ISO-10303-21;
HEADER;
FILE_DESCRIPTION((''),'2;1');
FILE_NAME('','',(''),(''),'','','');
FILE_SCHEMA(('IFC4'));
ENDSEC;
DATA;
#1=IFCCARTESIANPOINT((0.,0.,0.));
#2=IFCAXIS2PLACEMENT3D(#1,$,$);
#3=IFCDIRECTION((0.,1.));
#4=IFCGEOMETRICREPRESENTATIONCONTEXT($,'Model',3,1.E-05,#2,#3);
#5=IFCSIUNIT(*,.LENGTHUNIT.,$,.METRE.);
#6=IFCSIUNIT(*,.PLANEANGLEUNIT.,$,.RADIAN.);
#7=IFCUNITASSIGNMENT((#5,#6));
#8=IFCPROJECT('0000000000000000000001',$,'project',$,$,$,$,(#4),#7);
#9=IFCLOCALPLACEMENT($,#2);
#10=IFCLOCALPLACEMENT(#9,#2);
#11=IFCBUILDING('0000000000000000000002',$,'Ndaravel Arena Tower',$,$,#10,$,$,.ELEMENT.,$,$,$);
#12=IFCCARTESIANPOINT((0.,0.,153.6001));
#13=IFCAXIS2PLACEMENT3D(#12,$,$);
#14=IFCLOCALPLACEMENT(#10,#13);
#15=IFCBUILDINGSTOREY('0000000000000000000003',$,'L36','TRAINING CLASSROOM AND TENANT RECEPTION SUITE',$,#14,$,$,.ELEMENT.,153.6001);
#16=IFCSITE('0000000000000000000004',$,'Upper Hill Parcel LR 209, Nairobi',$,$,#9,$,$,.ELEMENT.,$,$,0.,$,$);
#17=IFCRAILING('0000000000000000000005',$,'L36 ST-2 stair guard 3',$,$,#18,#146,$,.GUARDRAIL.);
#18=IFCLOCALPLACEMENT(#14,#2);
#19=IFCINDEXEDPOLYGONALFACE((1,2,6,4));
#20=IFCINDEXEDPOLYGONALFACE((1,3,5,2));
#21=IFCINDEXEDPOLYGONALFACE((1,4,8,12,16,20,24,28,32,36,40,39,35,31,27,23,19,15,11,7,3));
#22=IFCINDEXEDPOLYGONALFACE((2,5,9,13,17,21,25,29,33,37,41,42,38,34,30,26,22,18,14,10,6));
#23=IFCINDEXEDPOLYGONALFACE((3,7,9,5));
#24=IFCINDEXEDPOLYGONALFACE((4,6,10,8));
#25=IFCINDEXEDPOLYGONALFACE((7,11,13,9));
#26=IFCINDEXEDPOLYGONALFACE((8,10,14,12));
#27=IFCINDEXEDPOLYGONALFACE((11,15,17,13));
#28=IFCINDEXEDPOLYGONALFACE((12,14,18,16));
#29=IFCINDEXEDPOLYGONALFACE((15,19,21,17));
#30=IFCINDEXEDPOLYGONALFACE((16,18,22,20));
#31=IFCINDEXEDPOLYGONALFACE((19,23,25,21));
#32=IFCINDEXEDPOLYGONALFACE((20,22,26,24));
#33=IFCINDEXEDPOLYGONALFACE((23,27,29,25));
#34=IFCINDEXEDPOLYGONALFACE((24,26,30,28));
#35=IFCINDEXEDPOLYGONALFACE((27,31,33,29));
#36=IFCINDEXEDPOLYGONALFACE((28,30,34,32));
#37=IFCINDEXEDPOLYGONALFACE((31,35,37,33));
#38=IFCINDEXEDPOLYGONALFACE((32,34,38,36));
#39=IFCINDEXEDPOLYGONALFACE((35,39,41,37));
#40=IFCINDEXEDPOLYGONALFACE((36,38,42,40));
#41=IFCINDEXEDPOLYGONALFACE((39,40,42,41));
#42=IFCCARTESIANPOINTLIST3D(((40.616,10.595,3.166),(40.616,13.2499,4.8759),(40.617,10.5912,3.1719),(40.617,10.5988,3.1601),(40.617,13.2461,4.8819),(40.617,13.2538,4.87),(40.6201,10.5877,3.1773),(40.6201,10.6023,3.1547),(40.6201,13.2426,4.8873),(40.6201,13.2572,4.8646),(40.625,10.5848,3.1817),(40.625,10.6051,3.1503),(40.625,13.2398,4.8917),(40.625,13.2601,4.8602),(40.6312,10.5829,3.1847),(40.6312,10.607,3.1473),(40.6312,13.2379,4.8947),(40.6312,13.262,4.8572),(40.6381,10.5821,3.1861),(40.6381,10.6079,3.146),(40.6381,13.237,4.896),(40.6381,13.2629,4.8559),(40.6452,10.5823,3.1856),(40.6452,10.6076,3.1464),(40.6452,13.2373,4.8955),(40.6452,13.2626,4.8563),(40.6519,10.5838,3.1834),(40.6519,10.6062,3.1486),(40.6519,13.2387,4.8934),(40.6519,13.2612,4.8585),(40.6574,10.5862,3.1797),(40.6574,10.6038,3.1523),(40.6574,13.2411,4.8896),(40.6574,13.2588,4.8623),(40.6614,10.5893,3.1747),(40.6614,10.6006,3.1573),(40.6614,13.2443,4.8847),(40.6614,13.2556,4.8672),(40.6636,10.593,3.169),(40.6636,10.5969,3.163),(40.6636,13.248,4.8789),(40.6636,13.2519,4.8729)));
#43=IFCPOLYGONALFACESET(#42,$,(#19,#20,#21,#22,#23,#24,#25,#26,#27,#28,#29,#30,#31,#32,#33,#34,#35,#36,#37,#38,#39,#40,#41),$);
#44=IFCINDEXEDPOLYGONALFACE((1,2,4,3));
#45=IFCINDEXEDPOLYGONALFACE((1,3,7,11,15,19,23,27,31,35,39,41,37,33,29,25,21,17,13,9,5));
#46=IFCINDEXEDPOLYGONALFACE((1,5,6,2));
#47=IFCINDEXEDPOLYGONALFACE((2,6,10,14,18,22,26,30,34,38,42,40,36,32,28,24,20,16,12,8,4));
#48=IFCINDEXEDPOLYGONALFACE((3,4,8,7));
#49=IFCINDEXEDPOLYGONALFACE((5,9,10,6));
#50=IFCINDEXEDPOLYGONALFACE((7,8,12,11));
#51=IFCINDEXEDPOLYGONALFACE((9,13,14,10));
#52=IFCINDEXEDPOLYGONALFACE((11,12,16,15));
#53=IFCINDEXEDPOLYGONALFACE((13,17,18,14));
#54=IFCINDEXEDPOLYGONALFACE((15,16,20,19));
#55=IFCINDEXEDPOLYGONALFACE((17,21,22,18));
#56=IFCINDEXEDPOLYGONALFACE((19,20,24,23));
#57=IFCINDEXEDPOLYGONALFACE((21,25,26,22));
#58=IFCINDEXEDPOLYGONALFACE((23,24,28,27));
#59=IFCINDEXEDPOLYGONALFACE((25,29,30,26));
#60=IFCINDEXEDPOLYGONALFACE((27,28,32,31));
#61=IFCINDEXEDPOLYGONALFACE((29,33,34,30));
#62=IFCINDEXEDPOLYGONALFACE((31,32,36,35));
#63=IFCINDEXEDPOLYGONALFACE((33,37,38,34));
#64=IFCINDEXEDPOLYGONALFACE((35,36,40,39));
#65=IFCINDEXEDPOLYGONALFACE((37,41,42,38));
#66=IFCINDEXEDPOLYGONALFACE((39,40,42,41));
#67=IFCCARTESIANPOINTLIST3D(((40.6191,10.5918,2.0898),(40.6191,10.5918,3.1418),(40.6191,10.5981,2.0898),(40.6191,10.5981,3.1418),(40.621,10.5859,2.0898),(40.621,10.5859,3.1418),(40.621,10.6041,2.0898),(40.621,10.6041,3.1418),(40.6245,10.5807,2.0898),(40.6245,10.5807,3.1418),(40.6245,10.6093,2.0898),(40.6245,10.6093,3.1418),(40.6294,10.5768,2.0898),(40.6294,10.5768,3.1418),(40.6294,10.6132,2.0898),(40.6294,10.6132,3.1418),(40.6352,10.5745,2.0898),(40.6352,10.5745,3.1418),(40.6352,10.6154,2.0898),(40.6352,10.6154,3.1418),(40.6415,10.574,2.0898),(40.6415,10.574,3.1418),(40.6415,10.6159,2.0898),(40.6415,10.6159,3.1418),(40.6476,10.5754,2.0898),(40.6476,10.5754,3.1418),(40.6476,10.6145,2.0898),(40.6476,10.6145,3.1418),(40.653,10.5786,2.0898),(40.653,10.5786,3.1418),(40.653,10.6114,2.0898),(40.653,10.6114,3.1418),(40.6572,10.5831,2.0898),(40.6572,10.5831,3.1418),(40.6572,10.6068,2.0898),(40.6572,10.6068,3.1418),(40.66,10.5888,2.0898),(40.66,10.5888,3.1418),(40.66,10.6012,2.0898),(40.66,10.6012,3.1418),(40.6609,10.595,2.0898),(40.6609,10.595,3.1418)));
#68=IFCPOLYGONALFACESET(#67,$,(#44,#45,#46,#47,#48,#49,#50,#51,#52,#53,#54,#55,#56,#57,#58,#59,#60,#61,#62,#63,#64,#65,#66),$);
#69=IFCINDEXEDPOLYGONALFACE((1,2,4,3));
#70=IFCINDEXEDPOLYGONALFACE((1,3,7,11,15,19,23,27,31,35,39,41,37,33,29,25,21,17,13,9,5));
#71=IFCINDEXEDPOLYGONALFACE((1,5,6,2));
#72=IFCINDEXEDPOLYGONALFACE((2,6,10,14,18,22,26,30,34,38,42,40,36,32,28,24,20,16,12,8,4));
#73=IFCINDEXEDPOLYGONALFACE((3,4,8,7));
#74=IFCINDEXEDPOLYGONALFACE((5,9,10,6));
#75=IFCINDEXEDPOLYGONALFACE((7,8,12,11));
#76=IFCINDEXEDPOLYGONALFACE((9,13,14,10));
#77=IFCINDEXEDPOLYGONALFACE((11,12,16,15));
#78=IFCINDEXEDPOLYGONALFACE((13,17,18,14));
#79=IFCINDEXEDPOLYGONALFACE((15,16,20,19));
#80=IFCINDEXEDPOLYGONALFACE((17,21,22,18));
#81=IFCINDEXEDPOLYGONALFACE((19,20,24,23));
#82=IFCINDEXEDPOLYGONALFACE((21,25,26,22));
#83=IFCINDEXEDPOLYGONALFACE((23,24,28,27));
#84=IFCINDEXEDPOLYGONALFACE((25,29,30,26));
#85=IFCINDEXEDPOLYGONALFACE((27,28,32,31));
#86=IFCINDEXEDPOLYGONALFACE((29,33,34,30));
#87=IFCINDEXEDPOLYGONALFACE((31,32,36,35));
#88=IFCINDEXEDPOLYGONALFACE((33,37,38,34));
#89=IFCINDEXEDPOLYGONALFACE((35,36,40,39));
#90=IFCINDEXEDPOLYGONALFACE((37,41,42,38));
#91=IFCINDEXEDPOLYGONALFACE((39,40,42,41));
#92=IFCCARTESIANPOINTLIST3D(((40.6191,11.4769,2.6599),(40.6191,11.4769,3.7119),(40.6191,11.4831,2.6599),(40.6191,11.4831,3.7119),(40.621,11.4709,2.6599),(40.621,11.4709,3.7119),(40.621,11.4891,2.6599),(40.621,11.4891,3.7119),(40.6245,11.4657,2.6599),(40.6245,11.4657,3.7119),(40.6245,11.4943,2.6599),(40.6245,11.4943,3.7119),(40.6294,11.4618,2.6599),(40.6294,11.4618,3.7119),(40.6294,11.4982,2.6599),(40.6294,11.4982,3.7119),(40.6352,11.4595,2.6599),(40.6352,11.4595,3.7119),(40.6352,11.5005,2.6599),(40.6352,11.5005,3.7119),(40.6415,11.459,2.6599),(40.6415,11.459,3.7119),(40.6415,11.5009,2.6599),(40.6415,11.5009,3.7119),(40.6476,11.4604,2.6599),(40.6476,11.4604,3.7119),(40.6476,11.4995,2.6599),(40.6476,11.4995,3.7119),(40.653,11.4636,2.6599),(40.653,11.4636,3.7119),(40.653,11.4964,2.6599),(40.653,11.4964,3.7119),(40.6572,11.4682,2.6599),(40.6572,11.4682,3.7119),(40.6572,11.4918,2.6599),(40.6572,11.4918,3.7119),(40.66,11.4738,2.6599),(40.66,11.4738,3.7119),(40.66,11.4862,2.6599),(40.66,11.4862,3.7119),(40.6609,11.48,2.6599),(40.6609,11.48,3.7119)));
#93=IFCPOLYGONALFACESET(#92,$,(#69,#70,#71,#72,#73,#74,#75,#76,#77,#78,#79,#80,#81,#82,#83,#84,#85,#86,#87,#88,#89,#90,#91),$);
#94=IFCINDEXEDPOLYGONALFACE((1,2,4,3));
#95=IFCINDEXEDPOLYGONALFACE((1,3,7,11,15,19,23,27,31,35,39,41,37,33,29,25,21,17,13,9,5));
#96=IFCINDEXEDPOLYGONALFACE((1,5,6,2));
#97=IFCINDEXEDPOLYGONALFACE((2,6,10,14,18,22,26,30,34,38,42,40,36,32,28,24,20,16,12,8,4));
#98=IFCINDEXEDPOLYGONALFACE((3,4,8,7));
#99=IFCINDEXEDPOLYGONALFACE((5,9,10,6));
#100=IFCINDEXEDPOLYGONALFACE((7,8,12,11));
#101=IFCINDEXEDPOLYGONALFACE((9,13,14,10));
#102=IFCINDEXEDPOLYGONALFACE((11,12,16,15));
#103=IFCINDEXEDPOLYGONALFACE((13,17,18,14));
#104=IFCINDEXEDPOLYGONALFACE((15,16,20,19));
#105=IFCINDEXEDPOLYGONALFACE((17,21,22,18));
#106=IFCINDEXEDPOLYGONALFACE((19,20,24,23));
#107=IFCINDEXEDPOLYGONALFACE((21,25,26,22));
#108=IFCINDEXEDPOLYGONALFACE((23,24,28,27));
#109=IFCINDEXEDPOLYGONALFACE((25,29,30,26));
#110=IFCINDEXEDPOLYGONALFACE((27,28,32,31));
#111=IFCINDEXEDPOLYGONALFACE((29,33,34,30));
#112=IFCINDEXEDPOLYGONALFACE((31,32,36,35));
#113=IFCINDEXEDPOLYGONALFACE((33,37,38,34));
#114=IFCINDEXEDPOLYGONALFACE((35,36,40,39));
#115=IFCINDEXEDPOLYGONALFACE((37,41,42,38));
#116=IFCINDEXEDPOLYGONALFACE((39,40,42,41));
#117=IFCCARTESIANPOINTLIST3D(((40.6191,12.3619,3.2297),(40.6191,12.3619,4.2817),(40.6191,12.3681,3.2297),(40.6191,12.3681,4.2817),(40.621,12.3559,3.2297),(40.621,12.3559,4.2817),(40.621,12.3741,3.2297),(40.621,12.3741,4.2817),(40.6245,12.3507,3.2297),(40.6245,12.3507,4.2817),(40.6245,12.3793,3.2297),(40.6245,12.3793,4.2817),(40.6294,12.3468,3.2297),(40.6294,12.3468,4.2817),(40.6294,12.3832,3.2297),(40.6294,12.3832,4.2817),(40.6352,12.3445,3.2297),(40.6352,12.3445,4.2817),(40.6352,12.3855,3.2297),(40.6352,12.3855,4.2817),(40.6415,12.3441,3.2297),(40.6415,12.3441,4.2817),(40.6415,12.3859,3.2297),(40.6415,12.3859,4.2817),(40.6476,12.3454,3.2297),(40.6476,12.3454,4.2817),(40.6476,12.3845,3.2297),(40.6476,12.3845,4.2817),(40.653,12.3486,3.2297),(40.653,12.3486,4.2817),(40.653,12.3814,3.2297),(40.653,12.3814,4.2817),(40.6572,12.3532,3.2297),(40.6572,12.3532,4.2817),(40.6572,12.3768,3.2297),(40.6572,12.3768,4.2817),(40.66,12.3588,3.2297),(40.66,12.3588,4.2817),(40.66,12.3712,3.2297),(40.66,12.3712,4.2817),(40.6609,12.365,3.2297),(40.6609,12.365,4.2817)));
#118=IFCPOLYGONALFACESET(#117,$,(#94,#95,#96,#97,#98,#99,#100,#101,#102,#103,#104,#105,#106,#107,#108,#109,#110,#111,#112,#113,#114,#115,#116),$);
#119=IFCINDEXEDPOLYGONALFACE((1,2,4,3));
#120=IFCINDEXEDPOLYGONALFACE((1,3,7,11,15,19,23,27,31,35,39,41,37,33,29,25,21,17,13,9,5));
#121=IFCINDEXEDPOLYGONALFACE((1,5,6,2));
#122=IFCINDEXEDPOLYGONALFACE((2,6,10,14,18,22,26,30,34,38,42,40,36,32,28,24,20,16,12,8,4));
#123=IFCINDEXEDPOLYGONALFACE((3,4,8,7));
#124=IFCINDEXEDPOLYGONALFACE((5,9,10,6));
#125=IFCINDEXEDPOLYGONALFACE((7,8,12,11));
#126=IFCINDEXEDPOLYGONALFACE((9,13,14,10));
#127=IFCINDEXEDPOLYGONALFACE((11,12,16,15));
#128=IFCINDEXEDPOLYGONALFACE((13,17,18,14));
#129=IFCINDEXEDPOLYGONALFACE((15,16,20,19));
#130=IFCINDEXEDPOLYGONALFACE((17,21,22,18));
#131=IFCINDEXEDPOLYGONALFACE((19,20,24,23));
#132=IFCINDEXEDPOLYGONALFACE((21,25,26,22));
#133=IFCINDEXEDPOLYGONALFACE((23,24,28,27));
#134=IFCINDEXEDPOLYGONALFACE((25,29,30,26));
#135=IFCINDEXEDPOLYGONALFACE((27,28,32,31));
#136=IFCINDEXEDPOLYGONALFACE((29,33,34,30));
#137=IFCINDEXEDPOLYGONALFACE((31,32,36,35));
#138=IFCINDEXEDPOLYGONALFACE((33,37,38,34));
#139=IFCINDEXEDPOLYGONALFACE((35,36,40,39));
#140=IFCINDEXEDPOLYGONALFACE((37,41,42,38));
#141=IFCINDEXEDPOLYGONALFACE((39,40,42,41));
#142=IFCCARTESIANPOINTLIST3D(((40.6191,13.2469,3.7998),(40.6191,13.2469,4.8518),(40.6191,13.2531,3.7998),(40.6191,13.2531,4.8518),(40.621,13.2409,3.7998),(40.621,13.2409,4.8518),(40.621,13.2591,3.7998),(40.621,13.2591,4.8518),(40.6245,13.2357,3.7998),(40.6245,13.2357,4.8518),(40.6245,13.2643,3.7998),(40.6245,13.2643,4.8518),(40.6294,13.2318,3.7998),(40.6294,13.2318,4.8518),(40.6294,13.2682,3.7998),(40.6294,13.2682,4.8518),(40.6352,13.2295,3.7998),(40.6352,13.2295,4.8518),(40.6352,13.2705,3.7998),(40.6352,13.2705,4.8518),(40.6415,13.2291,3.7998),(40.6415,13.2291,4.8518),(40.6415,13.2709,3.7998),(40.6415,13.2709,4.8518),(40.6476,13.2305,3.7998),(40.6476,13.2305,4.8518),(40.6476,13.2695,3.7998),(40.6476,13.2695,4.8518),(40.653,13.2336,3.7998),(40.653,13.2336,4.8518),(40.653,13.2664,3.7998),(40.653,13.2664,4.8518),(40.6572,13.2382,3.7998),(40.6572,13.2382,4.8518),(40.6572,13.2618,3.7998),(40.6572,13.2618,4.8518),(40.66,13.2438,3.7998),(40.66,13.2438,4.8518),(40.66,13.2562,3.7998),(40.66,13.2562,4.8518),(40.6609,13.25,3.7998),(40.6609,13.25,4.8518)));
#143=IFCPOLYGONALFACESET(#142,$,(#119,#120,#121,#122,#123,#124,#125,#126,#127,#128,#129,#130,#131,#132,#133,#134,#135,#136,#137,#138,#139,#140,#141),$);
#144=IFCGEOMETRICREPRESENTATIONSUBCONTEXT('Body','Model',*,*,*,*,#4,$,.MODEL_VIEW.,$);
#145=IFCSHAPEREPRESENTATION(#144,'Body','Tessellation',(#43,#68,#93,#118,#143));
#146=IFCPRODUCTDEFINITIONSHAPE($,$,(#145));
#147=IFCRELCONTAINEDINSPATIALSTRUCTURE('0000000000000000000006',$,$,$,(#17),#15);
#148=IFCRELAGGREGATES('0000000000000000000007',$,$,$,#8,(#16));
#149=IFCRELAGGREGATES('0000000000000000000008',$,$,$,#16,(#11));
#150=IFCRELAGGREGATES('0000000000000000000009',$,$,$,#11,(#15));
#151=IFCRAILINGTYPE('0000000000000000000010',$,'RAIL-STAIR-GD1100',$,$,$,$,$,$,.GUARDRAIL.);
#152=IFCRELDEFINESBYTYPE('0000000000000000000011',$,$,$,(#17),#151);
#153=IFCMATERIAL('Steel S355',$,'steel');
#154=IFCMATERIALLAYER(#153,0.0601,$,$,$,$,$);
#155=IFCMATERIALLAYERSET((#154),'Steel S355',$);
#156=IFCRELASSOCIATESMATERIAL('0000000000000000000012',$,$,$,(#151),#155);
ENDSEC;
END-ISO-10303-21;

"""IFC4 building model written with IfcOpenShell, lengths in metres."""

from ifc_helpers import new_model, si_unit, direction, frame, origin, origin_2d, place, context, subcontext, project, spatial, circle, extrude, material, layer, layer_set, type_object, element, save


model = new_model("IFC4")

# Units and contexts
model_context = context("Model", 3, precision=1e-05, world=origin(), true_north=direction((0.0, 1.0)))
body_context = subcontext(model_context, "Body", "Model", "MODEL_VIEW")
ifc_project = project(units=[si_unit("LENGTHUNIT", "METRE"), si_unit("PLANEANGLEUNIT", "RADIAN")], contexts=[model_context])

# Site, building, storey
site_placement = place(None, origin())
site = spatial("IfcSite", under=ifc_project, at=site_placement, Name="Upper Hill Parcel LR 209, Nairobi", CompositionType="ELEMENT", RefElevation=0.0)
building_placement = place(site_placement, origin())
building = spatial("IfcBuilding", under=site, at=building_placement, Name="Ndaravel Arena Tower", CompositionType="ELEMENT")
storey_placement = place(building_placement, frame((0.0, 0.0, 153.6001)))
storey = spatial("IfcBuildingStorey", under=building, at=storey_placement, Name="L36", Description="TRAINING CLASSROOM AND TENANT RECEPTION SUITE", CompositionType="ELEMENT", Elevation=153.6001)

# Railing
ifc_material_1 = material(Name="Steel S355", Category="steel")
ifc_layer_1 = layer(ifc_material_1, 0.0601)
ifc_layer_set_1 = layer_set([ifc_layer_1], Name="Steel S355")
railing_type_1 = type_object("IfcRailingType", Name="RAIL-STAIR-GD1100", PredefinedType="GUARDRAIL", material=ifc_layer_set_1)
railing_1_placement = place(storey_placement, frame((40.6399, 10.595, 2.0898)))
element("IfcRailing", 1, at=railing_1_placement, inside=storey, type_object=railing_type_1, Name="L36 ST-2 stair guard 3", PredefinedType="GUARDRAIL", context=body_context, shape_type="SweptSolid", body=[
    extrude(circle(Radius=0.0239, at=origin_2d()), frame((0.0, 0.0, 1.0762), z_axis=(0.0, 0.840724, 0.541465), x_axis=(-1.0, 0.0, 0.0)), (0.0, 0.0, 1.0), 3.158),
    extrude(circle(Radius=0.021, at=origin_2d()), origin(), (0.0, 0.0, 1.0), 1.052),
    extrude(circle(Radius=0.021, at=origin_2d()), frame((0.0, 0.885, 0.5701)), (0.0, 0.0, 1.0), 1.052),
    extrude(circle(Radius=0.021, at=origin_2d()), frame((0.0, 1.77, 1.1399)), (0.0, 0.0, 1.0), 1.052),
    extrude(circle(Radius=0.021, at=origin_2d()), frame((0.0, 2.655, 1.71)), (0.0, 0.0, 1.0), 1.052),
])

save(model, "model.ifc")
